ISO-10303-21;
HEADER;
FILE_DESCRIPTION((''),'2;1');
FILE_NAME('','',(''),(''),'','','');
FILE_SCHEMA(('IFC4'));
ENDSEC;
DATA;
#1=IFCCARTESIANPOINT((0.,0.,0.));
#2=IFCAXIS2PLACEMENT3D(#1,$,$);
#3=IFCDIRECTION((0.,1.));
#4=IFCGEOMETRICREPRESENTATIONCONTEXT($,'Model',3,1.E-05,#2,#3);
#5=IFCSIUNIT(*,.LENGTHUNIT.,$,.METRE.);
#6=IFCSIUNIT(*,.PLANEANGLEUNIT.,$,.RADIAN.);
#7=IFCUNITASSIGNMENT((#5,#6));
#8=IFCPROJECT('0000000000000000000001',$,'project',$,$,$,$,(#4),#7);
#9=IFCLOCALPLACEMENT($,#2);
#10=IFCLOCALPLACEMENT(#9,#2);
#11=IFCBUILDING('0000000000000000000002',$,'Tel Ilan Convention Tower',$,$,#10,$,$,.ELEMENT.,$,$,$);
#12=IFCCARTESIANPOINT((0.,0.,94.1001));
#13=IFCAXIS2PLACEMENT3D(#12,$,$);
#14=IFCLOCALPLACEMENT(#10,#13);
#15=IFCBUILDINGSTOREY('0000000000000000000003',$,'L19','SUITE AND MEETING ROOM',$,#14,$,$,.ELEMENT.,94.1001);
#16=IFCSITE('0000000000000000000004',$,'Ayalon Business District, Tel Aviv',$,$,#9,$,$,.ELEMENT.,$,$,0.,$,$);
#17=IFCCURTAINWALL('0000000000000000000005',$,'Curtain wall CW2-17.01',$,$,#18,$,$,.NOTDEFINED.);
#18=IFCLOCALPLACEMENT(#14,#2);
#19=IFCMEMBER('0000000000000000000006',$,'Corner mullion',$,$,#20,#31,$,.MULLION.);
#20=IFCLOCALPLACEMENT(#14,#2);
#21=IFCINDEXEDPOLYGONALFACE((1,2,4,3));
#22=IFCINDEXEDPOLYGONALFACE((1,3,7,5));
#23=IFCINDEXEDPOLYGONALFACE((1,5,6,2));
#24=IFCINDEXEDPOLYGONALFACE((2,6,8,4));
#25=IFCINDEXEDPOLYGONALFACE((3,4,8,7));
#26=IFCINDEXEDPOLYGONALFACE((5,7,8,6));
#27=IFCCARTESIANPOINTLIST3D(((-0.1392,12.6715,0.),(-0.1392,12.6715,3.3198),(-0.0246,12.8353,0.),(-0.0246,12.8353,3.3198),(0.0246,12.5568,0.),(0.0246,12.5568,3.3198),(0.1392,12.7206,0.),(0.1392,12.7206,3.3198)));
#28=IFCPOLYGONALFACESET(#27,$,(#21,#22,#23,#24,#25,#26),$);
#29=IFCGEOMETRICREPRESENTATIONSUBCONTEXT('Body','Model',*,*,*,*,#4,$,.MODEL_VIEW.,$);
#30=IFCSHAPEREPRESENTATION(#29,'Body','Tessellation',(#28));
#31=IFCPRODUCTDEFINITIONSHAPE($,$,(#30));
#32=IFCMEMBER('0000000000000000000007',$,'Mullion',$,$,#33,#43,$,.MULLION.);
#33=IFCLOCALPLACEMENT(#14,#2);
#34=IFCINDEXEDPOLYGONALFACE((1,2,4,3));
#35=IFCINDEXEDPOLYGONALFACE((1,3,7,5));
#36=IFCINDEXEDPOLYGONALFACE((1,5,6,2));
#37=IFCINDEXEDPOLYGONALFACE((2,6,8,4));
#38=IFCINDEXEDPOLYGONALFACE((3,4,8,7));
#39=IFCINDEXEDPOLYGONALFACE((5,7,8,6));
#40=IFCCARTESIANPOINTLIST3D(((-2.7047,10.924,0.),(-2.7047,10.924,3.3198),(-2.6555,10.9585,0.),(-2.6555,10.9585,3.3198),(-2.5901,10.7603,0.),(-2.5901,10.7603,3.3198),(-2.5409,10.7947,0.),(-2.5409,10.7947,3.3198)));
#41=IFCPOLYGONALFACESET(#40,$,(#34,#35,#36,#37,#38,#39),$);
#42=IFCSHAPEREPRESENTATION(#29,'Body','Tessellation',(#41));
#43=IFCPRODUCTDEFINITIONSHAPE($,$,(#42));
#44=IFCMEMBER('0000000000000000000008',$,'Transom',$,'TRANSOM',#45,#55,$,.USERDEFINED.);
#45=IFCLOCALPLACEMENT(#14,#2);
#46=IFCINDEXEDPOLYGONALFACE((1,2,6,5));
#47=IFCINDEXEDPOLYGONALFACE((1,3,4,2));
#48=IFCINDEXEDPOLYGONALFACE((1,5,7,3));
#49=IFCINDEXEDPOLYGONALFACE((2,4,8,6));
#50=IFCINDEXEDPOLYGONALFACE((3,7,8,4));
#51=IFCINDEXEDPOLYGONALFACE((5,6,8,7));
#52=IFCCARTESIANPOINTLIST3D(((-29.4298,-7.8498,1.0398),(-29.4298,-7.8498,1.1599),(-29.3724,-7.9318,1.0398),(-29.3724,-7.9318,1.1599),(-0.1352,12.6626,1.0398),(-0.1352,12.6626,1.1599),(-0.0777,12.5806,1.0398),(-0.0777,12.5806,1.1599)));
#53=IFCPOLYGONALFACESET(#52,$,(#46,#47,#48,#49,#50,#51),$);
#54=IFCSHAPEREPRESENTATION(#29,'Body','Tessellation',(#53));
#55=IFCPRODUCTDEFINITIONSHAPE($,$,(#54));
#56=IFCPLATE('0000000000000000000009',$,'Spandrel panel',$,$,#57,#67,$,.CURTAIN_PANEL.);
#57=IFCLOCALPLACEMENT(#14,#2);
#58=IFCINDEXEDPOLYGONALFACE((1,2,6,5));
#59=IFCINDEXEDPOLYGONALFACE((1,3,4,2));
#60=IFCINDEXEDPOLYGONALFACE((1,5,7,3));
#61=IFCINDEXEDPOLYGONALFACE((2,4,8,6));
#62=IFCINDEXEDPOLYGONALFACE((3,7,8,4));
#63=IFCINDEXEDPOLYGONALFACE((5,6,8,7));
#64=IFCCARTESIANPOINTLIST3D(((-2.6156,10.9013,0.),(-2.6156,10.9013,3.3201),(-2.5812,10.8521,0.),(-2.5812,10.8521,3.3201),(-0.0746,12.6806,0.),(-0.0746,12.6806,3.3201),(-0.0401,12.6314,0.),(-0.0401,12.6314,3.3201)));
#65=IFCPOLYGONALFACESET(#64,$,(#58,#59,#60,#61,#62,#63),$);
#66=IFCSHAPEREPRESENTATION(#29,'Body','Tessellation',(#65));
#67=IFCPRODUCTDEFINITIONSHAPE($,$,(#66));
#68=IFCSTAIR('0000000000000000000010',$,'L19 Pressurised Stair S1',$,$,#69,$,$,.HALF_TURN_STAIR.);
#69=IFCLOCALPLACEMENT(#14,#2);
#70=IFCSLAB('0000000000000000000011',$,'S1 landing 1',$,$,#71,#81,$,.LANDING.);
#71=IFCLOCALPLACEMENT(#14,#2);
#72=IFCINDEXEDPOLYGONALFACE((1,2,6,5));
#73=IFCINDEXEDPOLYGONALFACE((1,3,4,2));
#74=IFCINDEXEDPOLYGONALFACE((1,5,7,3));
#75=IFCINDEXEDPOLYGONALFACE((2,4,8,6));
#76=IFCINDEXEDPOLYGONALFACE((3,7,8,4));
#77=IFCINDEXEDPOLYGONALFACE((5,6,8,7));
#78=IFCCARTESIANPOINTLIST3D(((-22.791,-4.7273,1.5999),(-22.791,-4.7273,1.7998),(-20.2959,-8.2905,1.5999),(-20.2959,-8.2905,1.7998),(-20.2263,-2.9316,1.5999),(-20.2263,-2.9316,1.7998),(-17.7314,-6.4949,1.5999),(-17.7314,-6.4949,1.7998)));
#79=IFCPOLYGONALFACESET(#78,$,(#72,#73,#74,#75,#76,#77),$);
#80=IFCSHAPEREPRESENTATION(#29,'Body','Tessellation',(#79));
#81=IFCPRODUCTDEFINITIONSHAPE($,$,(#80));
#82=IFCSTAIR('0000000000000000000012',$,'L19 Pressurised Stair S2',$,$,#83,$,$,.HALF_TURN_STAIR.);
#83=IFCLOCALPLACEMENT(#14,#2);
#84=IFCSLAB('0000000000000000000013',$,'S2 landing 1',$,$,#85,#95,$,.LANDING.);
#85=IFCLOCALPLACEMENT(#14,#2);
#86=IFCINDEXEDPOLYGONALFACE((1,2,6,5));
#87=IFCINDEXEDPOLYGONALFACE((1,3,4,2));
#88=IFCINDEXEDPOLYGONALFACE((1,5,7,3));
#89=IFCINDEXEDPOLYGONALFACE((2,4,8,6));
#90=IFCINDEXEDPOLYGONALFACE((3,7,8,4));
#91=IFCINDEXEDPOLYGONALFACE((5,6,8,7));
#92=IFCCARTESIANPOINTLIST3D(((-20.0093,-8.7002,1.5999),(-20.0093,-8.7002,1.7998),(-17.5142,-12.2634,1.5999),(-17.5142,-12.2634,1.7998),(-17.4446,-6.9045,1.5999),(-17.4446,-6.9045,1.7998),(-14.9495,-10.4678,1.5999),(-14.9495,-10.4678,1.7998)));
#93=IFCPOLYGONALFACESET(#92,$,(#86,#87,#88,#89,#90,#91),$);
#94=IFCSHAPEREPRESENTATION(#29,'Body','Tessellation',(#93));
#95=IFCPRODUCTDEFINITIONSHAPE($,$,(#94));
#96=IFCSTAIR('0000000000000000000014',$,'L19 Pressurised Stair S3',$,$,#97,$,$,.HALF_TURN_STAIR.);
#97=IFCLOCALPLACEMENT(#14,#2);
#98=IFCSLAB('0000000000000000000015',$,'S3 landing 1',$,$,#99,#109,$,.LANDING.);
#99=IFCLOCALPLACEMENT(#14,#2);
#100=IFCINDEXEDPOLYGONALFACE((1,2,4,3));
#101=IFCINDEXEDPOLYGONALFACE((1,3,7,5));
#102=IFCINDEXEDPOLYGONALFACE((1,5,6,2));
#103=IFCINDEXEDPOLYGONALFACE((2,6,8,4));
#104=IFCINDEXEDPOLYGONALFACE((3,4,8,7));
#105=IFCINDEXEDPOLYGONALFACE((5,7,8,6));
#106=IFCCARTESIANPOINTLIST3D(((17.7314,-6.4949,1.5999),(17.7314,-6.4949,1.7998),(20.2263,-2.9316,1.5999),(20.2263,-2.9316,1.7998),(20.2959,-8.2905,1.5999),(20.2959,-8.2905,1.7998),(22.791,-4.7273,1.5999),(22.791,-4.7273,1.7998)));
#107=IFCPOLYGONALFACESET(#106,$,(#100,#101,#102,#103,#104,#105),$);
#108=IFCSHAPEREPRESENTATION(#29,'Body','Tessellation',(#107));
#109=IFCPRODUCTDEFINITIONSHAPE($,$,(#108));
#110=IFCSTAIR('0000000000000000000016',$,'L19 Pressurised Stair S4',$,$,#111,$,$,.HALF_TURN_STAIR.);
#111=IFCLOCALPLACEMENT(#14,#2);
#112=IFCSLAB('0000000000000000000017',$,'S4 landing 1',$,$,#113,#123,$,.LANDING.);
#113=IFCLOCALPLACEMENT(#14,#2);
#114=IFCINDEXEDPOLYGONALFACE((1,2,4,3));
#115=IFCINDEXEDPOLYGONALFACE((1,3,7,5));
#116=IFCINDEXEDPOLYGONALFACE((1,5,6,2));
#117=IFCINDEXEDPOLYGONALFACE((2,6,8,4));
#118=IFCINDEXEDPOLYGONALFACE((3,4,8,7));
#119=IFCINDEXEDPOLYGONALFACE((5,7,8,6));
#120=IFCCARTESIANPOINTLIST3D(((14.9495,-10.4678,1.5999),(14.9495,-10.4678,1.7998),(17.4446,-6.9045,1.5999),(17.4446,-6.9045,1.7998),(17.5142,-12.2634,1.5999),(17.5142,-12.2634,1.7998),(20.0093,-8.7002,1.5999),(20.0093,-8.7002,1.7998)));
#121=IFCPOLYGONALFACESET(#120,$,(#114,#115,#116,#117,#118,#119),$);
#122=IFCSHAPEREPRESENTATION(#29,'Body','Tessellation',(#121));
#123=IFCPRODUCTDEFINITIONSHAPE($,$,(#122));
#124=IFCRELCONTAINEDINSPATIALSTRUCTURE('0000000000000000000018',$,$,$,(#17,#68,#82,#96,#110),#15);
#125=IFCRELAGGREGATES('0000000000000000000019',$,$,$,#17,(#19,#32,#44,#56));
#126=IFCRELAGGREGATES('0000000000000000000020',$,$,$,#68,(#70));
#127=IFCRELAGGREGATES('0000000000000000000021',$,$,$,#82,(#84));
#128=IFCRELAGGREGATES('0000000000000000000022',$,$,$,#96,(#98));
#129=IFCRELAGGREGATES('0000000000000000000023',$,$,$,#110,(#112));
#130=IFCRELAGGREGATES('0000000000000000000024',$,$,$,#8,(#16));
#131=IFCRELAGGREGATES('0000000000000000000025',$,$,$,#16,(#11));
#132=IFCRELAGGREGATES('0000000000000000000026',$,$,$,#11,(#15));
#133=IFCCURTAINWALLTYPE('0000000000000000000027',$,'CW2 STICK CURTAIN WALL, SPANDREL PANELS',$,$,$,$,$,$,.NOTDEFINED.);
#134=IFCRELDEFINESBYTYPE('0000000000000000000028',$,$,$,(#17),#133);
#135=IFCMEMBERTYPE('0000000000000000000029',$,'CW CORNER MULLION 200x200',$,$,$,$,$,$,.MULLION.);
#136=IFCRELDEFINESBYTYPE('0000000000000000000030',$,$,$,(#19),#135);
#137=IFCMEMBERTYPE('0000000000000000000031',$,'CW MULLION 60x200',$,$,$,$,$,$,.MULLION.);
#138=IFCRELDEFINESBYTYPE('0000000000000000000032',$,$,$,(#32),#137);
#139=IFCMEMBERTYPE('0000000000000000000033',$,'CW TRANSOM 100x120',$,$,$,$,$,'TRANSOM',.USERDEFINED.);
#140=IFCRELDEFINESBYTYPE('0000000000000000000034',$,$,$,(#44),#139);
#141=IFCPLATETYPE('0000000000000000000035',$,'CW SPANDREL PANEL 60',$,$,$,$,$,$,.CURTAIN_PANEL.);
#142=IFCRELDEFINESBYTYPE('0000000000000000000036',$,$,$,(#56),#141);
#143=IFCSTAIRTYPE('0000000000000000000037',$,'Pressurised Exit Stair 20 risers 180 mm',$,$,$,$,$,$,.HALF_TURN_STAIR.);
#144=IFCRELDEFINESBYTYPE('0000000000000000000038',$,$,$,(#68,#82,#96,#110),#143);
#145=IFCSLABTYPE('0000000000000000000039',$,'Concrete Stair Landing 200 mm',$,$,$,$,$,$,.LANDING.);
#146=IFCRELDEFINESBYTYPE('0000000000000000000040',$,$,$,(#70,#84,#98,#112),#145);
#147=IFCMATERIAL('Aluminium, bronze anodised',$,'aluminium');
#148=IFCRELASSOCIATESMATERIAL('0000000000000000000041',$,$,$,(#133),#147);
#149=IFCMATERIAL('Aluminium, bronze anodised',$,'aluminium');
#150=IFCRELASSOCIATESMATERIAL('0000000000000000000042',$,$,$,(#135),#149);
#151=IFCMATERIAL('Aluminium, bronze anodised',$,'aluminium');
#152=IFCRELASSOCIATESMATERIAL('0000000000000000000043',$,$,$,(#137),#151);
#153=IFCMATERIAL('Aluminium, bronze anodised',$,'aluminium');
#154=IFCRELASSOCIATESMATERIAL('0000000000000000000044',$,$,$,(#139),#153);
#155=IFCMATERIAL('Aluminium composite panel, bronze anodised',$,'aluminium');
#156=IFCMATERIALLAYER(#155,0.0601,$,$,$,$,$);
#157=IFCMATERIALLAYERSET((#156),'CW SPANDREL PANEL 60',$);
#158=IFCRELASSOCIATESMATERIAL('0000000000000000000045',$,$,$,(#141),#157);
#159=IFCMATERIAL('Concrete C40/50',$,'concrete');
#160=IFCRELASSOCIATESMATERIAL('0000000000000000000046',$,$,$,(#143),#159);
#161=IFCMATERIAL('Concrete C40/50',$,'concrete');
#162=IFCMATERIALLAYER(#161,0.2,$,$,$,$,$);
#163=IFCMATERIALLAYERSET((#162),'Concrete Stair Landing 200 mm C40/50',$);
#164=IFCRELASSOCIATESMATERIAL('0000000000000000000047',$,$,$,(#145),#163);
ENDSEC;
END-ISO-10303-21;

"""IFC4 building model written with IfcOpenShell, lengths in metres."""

from ifc_helpers import new_model, si_unit, direction, frame, origin, origin_2d, place, context, subcontext, project, spatial, polyline, rectangle, outline, extrude, material, layer, layer_set, material_profile, profile_set, type_object, element, aggregate, save


model = new_model("IFC4")

# Units and contexts
model_context = context("Model", 3, precision=1e-05, world=origin(), true_north=direction((0.0, 1.0)))
body_context = subcontext(model_context, "Body", "Model", "MODEL_VIEW")
ifc_project = project(units=[si_unit("LENGTHUNIT", "METRE"), si_unit("PLANEANGLEUNIT", "RADIAN")], contexts=[model_context])

# Site, building, storey
site_placement = place(None, origin())
site = spatial("IfcSite", under=ifc_project, at=site_placement, Name="Ayalon Business District, Tel Aviv", CompositionType="ELEMENT", RefElevation=0.0)
building_placement = place(site_placement, origin())
building = spatial("IfcBuilding", under=site, at=building_placement, Name="Tel Ilan Convention Tower", CompositionType="ELEMENT")
storey_placement = place(building_placement, frame((0.0, 0.0, 94.1001)))
storey = spatial("IfcBuildingStorey", under=building, at=storey_placement, Name="L19", Description="SUITE AND MEETING ROOM", CompositionType="ELEMENT", Elevation=94.1001)

# Curtain wall, members, plate
ifc_material_1 = material(Name="Aluminium, bronze anodised", Category="aluminium")
curtain_wall_type = type_object("IfcCurtainWallType", Name="CW2 STICK CURTAIN WALL, SPANDREL PANELS", PredefinedType="NOTDEFINED", material=ifc_material_1)
curtain_wall_placement = place(storey_placement, origin())
curtain_wall = element("IfcCurtainWall", 1, at=curtain_wall_placement, inside=storey, type_object=curtain_wall_type, Name="Curtain wall CW2-17.01", PredefinedType="NOTDEFINED")
ifc_material_2 = material(Name="Aluminium, bronze anodised", Category="aluminium")
ifc_material_profile_1 = material_profile(ifc_material_2, rectangle(XDim=0.2, YDim=0.2, at=origin_2d()), Name="CW CORNER MULLION 200x200")
ifc_profile_set_1 = profile_set([ifc_material_profile_1], Name="Aluminium, bronze anodised")
member_type_1 = type_object("IfcMemberType", Name="CW CORNER MULLION 200x200", PredefinedType="MULLION", material=ifc_profile_set_1)
member_1_placement = place(storey_placement, frame((0.0, 12.696, 0.0), z_axis=(0.0, 0.0, 1.0), x_axis=(-0.819152, 0.573576, 0.0)))
member_1 = element("IfcMember", 2, at=member_1_placement, type_object=member_type_1, Name="Corner mullion", PredefinedType="MULLION", context=body_context, shape_type="SweptSolid", body=[
    extrude(rectangle(XDim=0.2, YDim=0.2, at=origin_2d()), origin(), (0.0, 0.0, 1.0), 3.3198),
])
ifc_material_3 = material(Name="Aluminium, bronze anodised", Category="aluminium")
ifc_material_profile_2 = material_profile(ifc_material_3, rectangle(XDim=0.0601, YDim=0.2, at=origin_2d()), Name="CW MULLION 60x200")
ifc_profile_set_2 = profile_set([ifc_material_profile_2], Name="Aluminium, bronze anodised")
member_type_2 = type_object("IfcMemberType", Name="CW MULLION 60x200", PredefinedType="MULLION", material=ifc_profile_set_2)
member_2_placement = place(storey_placement, frame((-2.6228, 10.8594, 0.0), z_axis=(0.0, 0.0, 1.0), x_axis=(-0.819152, -0.573576, 0.0)))
member_2 = element("IfcMember", 3, at=member_2_placement, type_object=member_type_2, Name="Mullion", PredefinedType="MULLION", context=body_context, shape_type="SweptSolid", body=[
    extrude(rectangle(XDim=0.0601, YDim=0.2, at=origin_2d()), origin(), (0.0, 0.0, 1.0), 3.3198),
])
ifc_material_4 = material(Name="Aluminium, bronze anodised", Category="aluminium")
ifc_material_profile_3 = material_profile(ifc_material_4, rectangle(XDim=0.1001, YDim=0.1201, at=origin_2d()), Name="CW TRANSOM 100x120")
ifc_profile_set_3 = profile_set([ifc_material_profile_3], Name="Aluminium, bronze anodised")
member_type_3 = type_object("IfcMemberType", Name="CW TRANSOM 100x120", ElementType="TRANSOM", PredefinedType="USERDEFINED", material=ifc_profile_set_3)
member_3_placement = place(storey_placement, frame((-0.1064, 12.6216, 1.0999), z_axis=(-0.819151, -0.573578, 0.0), x_axis=(0.573578, -0.819151, 0.0)))
member_3 = element("IfcMember", 4, at=member_3_placement, type_object=member_type_3, Name="Transom", ObjectType="TRANSOM", PredefinedType="USERDEFINED", context=body_context, shape_type="SweptSolid", body=[
    extrude(rectangle(XDim=0.1001, YDim=0.1201, at=origin_2d()), origin(), (0.0, 0.0, 1.0), 35.7622),
])
ifc_material_5 = material(Name="Aluminium composite panel, bronze anodised", Category="aluminium")
ifc_layer_1 = layer(ifc_material_5, 0.0601)
ifc_layer_set_1 = layer_set([ifc_layer_1], Name="CW SPANDREL PANEL 60")
plate_type = type_object("IfcPlateType", Name="CW SPANDREL PANEL 60", PredefinedType="CURTAIN_PANEL", material=ifc_layer_set_1)
plate_placement = place(storey_placement, frame((-1.3279, 11.7664, 0.0), z_axis=(0.0, 0.0, 1.0), x_axis=(-0.819152, -0.573576, 0.0)))
plate = element("IfcPlate", 5, at=plate_placement, type_object=plate_type, Name="Spandrel panel", PredefinedType="CURTAIN_PANEL", context=body_context, shape_type="SweptSolid", body=[
    extrude(rectangle(XDim=3.1021, YDim=0.0601, at=origin_2d()), origin(), (0.0, 0.0, 1.0), 3.3201),
])
aggregate(curtain_wall, [member_1, member_2, member_3, plate])

# Stairs, slabs
ifc_material_6 = material(Name="Concrete C40/50", Category="concrete")
stair_type = type_object("IfcStairType", Name="Pressurised Exit Stair 20 risers 180 mm", PredefinedType="HALF_TURN_STAIR", material=ifc_material_6)
stair_1_placement = place(storey_placement, origin())
stair_1 = element("IfcStair", 6, at=stair_1_placement, inside=storey, type_object=stair_type, Name="L19 Pressurised Stair S1", PredefinedType="HALF_TURN_STAIR")
ifc_material_7 = material(Name="Concrete C40/50", Category="concrete")
ifc_layer_2 = layer(ifc_material_7, 0.2)
ifc_layer_set_2 = layer_set([ifc_layer_2], Name="Concrete Stair Landing 200 mm C40/50")
slab_type_1 = type_object("IfcSlabType", Name="Concrete Stair Landing 200 mm", PredefinedType="LANDING", material=ifc_layer_set_2)
slab_1_placement = place(storey_placement, frame((0.0, 0.0, 1.5999)))
slab_1 = element("IfcSlab", 7, at=slab_1_placement, type_object=slab_type_1, Name="S1 landing 1", PredefinedType="LANDING", context=body_context, shape_type="SweptSolid", body=[
    extrude(outline(polyline([(-20.2959, -8.2905), (-17.7314, -6.4949), (-20.2263, -2.9316), (-22.791, -4.7273), (-20.2959, -8.2905)])), origin(), (0.0, 0.0, 1.0), 0.2),
])
aggregate(stair_1, [slab_1])
stair_2_placement = place(storey_placement, origin())
stair_2 = element("IfcStair", 8, at=stair_2_placement, inside=storey, type_object=stair_type, Name="L19 Pressurised Stair S2", PredefinedType="HALF_TURN_STAIR")
slab_2_placement = place(storey_placement, frame((0.0, 0.0, 1.5999)))
slab_2 = element("IfcSlab", 9, at=slab_2_placement, type_object=slab_type_1, Name="S2 landing 1", PredefinedType="LANDING", context=body_context, shape_type="SweptSolid", body=[
    extrude(outline(polyline([(-17.5142, -12.2634), (-14.9495, -10.4678), (-17.4446, -6.9045), (-20.0093, -8.7002), (-17.5142, -12.2634)])), origin(), (0.0, 0.0, 1.0), 0.2),
])
aggregate(stair_2, [slab_2])
stair_3_placement = place(storey_placement, origin())
stair_3 = element("IfcStair", 10, at=stair_3_placement, inside=storey, type_object=stair_type, Name="L19 Pressurised Stair S3", PredefinedType="HALF_TURN_STAIR")
slab_3_placement = place(storey_placement, frame((0.0, 0.0, 1.5999)))
slab_3 = element("IfcSlab", 11, at=slab_3_placement, type_object=slab_type_1, Name="S3 landing 1", PredefinedType="LANDING", context=body_context, shape_type="SweptSolid", body=[
    extrude(outline(polyline([(22.791, -4.7273), (20.2263, -2.9316), (17.7314, -6.4949), (20.2959, -8.2905), (22.791, -4.7273)])), origin(), (0.0, 0.0, 1.0), 0.2),
])
aggregate(stair_3, [slab_3])
stair_4_placement = place(storey_placement, origin())
stair_4 = element("IfcStair", 12, at=stair_4_placement, inside=storey, type_object=stair_type, Name="L19 Pressurised Stair S4", PredefinedType="HALF_TURN_STAIR")
slab_4_placement = place(storey_placement, frame((0.0, 0.0, 1.5999)))
slab_4 = element("IfcSlab", 13, at=slab_4_placement, type_object=slab_type_1, Name="S4 landing 1", PredefinedType="LANDING", context=body_context, shape_type="SweptSolid", body=[
    extrude(outline(polyline([(20.0093, -8.7002), (17.4446, -6.9045), (14.9495, -10.4678), (17.5142, -12.2634), (20.0093, -8.7002)])), origin(), (0.0, 0.0, 1.0), 0.2),
])
aggregate(stair_4, [slab_4])

save(model, "model.ifc")
